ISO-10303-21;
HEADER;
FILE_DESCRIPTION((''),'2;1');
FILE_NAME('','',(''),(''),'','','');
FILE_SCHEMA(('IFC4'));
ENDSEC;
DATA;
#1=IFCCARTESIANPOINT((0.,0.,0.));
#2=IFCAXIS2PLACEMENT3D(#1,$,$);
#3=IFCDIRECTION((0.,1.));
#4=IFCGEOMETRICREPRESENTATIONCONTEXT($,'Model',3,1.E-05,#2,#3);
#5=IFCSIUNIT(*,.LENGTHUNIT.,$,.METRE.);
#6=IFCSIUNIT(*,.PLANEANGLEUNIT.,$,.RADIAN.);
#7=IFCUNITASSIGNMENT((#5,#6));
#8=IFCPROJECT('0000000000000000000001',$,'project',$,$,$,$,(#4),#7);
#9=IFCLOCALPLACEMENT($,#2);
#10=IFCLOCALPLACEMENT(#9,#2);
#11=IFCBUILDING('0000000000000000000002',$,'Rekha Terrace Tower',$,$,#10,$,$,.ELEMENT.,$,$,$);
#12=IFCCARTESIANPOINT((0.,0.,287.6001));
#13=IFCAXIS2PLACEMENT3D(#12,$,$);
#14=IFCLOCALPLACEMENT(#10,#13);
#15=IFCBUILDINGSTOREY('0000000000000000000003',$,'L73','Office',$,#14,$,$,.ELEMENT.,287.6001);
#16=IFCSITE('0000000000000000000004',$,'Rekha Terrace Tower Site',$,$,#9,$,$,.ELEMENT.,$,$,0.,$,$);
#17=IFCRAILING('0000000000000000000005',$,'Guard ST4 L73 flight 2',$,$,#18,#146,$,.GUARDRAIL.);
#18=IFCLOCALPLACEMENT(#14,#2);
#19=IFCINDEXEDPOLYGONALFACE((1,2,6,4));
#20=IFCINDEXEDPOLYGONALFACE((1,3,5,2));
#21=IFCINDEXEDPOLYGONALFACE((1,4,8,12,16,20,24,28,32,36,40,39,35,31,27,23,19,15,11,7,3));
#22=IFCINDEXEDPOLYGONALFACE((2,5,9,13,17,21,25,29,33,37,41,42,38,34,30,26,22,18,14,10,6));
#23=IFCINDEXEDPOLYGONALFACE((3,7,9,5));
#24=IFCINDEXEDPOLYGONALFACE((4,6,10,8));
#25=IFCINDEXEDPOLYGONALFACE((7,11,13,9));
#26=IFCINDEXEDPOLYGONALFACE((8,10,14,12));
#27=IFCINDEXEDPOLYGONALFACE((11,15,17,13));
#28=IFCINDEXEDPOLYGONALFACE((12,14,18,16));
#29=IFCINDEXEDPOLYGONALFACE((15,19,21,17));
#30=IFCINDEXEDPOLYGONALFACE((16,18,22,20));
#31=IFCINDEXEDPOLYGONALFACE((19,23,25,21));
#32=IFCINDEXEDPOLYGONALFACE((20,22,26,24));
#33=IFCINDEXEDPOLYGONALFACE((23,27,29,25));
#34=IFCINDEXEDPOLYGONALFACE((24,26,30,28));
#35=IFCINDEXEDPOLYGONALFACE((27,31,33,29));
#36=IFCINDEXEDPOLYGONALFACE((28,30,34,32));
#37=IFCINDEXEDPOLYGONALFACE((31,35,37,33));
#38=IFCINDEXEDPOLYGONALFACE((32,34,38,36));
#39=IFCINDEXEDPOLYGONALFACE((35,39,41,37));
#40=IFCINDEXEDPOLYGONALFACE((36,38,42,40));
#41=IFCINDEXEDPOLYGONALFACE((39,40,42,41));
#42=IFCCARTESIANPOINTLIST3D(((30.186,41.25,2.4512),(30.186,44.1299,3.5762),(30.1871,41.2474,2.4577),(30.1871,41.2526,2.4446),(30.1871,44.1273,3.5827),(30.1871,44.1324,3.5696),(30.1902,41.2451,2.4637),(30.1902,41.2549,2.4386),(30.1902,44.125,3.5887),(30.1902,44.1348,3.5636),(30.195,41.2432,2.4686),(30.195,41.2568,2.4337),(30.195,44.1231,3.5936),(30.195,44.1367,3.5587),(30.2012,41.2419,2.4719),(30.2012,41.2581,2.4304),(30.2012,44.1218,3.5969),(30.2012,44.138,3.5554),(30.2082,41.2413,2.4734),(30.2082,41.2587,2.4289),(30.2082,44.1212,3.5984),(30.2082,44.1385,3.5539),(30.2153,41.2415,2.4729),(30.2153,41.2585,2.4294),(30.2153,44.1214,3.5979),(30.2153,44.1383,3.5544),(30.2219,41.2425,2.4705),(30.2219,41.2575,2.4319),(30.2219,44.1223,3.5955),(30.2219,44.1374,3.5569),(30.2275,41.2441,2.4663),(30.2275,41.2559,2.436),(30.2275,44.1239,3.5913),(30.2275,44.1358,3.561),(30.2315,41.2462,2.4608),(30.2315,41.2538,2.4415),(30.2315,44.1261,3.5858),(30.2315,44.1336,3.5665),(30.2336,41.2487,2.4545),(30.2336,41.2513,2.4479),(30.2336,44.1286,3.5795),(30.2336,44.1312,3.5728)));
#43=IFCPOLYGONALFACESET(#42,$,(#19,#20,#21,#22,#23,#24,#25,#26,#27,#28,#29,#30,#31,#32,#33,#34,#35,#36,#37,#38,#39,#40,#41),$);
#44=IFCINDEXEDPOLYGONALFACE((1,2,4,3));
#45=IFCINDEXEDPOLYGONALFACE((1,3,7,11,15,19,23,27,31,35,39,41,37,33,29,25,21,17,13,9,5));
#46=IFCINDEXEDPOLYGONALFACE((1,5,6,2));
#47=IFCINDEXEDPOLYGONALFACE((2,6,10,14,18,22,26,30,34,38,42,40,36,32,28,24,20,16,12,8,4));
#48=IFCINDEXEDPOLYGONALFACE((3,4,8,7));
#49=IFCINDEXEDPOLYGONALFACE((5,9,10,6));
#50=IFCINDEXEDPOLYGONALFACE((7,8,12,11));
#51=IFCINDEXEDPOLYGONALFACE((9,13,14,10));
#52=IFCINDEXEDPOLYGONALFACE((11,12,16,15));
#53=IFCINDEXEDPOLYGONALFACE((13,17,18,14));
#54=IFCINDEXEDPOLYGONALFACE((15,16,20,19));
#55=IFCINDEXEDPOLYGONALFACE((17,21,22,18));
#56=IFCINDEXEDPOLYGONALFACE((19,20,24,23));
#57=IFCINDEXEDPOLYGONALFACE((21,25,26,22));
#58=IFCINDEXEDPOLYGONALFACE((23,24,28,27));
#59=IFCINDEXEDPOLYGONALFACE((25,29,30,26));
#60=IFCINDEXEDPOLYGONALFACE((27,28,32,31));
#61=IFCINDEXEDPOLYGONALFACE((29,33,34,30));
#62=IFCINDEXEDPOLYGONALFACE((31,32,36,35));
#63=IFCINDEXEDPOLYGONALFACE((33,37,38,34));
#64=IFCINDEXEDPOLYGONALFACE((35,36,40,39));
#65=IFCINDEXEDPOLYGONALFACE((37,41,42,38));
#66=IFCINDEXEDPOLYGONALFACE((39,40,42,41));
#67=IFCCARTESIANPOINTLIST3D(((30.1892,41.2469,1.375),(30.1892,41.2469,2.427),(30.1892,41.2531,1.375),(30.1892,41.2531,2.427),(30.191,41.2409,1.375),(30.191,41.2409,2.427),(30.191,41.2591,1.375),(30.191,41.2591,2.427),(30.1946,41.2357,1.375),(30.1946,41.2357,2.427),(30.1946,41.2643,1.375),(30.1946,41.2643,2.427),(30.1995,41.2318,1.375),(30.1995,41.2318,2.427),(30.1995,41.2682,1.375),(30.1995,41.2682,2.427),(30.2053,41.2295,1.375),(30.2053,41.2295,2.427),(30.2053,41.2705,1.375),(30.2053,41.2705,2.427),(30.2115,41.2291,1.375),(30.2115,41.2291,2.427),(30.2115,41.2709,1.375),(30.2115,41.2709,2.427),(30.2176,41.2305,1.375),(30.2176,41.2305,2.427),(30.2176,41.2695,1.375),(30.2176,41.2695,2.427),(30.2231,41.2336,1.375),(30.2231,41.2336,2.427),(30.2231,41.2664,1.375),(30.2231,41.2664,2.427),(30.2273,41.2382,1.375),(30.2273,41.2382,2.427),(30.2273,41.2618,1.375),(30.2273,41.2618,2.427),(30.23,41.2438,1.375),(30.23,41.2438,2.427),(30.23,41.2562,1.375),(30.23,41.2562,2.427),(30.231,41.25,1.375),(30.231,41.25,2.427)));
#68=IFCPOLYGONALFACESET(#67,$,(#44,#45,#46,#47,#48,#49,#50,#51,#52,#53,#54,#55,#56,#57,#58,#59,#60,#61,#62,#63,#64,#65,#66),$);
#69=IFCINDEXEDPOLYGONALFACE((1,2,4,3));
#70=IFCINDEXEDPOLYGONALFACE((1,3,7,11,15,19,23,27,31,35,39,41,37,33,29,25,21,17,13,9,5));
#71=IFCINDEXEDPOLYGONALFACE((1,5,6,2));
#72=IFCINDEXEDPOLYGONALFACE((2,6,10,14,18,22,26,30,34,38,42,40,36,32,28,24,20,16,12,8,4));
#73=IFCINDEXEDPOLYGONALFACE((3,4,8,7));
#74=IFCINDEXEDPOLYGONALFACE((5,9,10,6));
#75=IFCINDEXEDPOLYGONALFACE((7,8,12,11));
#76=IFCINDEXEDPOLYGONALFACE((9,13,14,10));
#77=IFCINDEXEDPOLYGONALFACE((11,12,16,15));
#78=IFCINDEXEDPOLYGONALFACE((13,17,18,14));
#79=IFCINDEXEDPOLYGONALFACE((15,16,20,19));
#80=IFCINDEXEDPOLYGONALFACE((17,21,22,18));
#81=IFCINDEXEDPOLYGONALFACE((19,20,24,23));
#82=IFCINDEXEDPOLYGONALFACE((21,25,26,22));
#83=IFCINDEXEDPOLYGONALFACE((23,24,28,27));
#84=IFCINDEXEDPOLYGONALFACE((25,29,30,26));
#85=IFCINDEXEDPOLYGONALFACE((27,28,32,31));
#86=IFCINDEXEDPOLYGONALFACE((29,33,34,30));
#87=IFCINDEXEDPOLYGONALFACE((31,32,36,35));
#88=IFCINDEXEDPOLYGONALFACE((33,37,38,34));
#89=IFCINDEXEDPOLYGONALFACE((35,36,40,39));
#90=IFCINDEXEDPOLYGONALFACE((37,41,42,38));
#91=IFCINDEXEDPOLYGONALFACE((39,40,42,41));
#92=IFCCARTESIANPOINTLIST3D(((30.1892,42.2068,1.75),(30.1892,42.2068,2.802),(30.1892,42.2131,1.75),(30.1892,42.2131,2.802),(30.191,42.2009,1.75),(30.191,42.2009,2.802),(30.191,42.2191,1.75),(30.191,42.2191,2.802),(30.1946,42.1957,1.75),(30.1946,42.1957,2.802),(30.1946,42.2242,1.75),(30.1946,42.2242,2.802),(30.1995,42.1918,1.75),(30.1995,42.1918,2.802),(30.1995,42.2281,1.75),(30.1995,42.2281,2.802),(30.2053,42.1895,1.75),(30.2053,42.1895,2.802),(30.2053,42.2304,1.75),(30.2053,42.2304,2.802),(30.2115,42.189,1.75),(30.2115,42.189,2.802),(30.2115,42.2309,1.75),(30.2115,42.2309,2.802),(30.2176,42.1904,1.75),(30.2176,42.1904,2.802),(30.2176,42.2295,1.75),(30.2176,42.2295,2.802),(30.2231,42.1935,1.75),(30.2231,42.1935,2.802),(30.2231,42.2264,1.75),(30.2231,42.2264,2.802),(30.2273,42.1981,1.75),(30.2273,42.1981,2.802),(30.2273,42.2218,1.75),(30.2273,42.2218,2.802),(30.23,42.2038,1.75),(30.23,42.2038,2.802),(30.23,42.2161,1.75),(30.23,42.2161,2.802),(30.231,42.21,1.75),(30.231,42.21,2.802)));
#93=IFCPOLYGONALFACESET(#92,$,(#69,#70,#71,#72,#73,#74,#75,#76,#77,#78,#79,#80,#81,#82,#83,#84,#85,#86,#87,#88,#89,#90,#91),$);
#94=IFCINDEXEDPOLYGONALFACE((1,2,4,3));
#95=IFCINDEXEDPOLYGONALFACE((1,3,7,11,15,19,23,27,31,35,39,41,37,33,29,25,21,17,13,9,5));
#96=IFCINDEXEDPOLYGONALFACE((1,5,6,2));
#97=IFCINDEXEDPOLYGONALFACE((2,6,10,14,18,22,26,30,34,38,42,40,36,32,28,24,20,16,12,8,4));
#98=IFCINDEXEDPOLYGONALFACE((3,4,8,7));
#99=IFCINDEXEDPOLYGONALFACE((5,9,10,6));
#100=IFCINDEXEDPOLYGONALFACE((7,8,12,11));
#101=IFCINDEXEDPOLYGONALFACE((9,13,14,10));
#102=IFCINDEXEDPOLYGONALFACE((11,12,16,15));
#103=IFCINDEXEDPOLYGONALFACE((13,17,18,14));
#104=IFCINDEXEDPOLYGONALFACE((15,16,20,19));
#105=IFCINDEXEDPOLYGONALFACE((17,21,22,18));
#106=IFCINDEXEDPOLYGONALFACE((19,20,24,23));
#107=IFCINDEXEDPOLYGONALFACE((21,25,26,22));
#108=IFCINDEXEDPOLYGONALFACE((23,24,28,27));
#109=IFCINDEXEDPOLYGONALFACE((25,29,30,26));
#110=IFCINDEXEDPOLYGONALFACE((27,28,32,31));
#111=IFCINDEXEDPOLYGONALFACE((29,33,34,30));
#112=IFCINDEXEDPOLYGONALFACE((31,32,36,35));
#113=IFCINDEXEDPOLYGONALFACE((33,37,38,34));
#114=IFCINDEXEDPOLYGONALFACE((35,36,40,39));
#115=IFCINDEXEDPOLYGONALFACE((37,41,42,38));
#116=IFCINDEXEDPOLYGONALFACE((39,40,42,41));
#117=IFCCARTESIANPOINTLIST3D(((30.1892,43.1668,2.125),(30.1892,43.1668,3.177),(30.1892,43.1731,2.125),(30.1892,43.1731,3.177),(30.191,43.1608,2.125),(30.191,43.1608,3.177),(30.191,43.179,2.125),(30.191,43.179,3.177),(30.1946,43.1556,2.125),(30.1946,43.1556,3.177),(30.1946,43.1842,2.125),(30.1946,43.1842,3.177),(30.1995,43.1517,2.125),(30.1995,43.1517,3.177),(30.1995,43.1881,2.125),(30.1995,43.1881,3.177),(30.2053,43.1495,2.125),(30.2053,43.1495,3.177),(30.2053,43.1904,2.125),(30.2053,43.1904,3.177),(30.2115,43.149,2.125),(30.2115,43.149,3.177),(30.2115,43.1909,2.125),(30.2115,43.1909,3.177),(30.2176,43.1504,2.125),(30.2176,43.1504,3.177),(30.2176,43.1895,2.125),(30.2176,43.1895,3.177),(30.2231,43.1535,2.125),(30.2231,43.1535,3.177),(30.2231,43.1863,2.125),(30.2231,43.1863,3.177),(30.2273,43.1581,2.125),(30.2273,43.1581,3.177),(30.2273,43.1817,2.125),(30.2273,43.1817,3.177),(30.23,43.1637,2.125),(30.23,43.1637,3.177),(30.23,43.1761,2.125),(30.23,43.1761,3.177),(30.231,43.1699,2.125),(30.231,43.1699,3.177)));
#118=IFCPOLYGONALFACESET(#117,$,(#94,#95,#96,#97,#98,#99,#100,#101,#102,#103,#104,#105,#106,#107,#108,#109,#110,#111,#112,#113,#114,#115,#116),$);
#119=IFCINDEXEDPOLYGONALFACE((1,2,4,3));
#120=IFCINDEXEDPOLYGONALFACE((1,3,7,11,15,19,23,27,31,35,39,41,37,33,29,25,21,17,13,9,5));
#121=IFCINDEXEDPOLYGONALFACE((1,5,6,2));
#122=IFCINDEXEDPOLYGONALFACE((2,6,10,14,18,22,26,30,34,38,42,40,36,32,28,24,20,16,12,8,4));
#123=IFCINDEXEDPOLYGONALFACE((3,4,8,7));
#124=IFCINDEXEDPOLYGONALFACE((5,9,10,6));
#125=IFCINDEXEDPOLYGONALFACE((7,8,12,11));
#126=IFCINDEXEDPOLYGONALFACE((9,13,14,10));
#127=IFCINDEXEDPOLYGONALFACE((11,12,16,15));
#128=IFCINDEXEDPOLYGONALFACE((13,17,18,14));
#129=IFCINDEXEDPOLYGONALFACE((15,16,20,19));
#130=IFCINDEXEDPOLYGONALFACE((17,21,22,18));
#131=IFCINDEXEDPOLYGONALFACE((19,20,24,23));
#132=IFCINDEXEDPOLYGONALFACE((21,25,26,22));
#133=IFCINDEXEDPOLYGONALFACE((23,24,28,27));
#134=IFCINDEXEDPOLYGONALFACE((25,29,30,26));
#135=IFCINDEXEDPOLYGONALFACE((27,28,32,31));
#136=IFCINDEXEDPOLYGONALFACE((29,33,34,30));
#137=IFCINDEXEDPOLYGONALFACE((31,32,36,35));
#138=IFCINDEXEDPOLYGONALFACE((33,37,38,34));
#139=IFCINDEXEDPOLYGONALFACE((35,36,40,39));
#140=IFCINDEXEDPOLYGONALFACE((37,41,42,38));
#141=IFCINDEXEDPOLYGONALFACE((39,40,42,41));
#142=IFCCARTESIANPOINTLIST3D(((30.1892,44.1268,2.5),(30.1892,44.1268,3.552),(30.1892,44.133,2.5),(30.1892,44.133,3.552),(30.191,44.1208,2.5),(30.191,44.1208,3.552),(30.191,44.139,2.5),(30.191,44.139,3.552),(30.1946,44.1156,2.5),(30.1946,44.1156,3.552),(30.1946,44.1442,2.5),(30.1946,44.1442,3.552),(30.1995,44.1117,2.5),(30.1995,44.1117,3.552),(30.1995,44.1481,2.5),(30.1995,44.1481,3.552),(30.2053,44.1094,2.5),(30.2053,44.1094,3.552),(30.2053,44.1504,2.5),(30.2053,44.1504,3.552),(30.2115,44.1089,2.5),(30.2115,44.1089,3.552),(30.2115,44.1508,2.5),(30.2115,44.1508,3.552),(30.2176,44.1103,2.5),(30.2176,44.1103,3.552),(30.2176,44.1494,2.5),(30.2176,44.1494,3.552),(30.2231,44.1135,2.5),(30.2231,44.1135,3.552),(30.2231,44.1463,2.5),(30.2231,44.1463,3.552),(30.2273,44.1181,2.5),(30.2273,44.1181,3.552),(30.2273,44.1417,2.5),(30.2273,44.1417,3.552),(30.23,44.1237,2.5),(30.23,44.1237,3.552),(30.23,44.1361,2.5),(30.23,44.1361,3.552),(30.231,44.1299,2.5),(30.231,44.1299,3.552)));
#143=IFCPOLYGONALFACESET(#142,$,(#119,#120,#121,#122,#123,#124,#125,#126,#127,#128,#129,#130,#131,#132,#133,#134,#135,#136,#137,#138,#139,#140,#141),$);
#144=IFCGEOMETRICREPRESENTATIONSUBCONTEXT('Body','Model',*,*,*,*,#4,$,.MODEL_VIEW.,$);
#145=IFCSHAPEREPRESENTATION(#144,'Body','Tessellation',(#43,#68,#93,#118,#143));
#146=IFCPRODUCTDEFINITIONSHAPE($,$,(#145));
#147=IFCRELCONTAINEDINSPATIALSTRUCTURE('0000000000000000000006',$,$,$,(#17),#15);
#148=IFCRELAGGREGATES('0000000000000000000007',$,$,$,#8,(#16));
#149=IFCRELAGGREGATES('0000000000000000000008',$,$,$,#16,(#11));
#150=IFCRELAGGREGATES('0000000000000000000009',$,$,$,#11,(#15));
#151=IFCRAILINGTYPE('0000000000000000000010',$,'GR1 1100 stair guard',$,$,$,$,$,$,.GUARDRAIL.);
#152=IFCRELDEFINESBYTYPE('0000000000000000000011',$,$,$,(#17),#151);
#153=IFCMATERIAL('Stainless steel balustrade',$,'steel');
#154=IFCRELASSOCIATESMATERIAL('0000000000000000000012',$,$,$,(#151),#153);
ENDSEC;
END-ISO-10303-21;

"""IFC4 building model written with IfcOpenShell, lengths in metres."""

from ifc_helpers import new_model, si_unit, direction, frame, origin, origin_2d, place, context, subcontext, project, spatial, circle, extrude, material, type_object, element, save


model = new_model("IFC4")

# Units and contexts
model_context = context("Model", 3, precision=1e-05, world=origin(), true_north=direction((0.0, 1.0)))
body_context = subcontext(model_context, "Body", "Model", "MODEL_VIEW")
ifc_project = project(units=[si_unit("LENGTHUNIT", "METRE"), si_unit("PLANEANGLEUNIT", "RADIAN")], contexts=[model_context])

# Site, building, storey
site_placement = place(None, origin())
site = spatial("IfcSite", under=ifc_project, at=site_placement, Name="Rekha Terrace Tower Site", CompositionType="ELEMENT", RefElevation=0.0)
building_placement = place(site_placement, origin())
building = spatial("IfcBuilding", under=site, at=building_placement, Name="Rekha Terrace Tower", CompositionType="ELEMENT")
storey_placement = place(building_placement, frame((0.0, 0.0, 287.6001)))
storey = spatial("IfcBuildingStorey", under=building, at=storey_placement, Name="L73", Description="Office", CompositionType="ELEMENT", Elevation=287.6001)

# Railing
ifc_material_1 = material(Name="Stainless steel balustrade", Category="steel")
railing_type_1 = type_object("IfcRailingType", Name="GR1 1100 stair guard", PredefinedType="GUARDRAIL", material=ifc_material_1)
railing_1_placement = place(storey_placement, frame((30.21, 41.25, 1.375)))
element("IfcRailing", 1, at=railing_1_placement, inside=storey, type_object=railing_type_1, Name="Guard ST4 L73 flight 2", PredefinedType="GUARDRAIL", context=body_context, shape_type="SweptSolid", body=[
    extrude(circle(Radius=0.0239, at=origin_2d()), frame((0.0, 0.0, 1.0762), z_axis=(0.0, 0.931452, 0.363863), x_axis=(-1.0, 0.0, 0.0)), (0.0, 0.0, 1.0), 3.0918),
    extrude(circle(Radius=0.021, at=origin_2d()), origin(), (0.0, 0.0, 1.0), 1.052),
    extrude(circle(Radius=0.021, at=origin_2d()), frame((0.0, 0.96, 0.375)), (0.0, 0.0, 1.0), 1.052),
    extrude(circle(Radius=0.021, at=origin_2d()), frame((0.0, 1.9199, 0.75)), (0.0, 0.0, 1.0), 1.052),
    extrude(circle(Radius=0.021, at=origin_2d()), frame((0.0, 2.8799, 1.125)), (0.0, 0.0, 1.0), 1.052),
])

save(model, "model.ifc")
